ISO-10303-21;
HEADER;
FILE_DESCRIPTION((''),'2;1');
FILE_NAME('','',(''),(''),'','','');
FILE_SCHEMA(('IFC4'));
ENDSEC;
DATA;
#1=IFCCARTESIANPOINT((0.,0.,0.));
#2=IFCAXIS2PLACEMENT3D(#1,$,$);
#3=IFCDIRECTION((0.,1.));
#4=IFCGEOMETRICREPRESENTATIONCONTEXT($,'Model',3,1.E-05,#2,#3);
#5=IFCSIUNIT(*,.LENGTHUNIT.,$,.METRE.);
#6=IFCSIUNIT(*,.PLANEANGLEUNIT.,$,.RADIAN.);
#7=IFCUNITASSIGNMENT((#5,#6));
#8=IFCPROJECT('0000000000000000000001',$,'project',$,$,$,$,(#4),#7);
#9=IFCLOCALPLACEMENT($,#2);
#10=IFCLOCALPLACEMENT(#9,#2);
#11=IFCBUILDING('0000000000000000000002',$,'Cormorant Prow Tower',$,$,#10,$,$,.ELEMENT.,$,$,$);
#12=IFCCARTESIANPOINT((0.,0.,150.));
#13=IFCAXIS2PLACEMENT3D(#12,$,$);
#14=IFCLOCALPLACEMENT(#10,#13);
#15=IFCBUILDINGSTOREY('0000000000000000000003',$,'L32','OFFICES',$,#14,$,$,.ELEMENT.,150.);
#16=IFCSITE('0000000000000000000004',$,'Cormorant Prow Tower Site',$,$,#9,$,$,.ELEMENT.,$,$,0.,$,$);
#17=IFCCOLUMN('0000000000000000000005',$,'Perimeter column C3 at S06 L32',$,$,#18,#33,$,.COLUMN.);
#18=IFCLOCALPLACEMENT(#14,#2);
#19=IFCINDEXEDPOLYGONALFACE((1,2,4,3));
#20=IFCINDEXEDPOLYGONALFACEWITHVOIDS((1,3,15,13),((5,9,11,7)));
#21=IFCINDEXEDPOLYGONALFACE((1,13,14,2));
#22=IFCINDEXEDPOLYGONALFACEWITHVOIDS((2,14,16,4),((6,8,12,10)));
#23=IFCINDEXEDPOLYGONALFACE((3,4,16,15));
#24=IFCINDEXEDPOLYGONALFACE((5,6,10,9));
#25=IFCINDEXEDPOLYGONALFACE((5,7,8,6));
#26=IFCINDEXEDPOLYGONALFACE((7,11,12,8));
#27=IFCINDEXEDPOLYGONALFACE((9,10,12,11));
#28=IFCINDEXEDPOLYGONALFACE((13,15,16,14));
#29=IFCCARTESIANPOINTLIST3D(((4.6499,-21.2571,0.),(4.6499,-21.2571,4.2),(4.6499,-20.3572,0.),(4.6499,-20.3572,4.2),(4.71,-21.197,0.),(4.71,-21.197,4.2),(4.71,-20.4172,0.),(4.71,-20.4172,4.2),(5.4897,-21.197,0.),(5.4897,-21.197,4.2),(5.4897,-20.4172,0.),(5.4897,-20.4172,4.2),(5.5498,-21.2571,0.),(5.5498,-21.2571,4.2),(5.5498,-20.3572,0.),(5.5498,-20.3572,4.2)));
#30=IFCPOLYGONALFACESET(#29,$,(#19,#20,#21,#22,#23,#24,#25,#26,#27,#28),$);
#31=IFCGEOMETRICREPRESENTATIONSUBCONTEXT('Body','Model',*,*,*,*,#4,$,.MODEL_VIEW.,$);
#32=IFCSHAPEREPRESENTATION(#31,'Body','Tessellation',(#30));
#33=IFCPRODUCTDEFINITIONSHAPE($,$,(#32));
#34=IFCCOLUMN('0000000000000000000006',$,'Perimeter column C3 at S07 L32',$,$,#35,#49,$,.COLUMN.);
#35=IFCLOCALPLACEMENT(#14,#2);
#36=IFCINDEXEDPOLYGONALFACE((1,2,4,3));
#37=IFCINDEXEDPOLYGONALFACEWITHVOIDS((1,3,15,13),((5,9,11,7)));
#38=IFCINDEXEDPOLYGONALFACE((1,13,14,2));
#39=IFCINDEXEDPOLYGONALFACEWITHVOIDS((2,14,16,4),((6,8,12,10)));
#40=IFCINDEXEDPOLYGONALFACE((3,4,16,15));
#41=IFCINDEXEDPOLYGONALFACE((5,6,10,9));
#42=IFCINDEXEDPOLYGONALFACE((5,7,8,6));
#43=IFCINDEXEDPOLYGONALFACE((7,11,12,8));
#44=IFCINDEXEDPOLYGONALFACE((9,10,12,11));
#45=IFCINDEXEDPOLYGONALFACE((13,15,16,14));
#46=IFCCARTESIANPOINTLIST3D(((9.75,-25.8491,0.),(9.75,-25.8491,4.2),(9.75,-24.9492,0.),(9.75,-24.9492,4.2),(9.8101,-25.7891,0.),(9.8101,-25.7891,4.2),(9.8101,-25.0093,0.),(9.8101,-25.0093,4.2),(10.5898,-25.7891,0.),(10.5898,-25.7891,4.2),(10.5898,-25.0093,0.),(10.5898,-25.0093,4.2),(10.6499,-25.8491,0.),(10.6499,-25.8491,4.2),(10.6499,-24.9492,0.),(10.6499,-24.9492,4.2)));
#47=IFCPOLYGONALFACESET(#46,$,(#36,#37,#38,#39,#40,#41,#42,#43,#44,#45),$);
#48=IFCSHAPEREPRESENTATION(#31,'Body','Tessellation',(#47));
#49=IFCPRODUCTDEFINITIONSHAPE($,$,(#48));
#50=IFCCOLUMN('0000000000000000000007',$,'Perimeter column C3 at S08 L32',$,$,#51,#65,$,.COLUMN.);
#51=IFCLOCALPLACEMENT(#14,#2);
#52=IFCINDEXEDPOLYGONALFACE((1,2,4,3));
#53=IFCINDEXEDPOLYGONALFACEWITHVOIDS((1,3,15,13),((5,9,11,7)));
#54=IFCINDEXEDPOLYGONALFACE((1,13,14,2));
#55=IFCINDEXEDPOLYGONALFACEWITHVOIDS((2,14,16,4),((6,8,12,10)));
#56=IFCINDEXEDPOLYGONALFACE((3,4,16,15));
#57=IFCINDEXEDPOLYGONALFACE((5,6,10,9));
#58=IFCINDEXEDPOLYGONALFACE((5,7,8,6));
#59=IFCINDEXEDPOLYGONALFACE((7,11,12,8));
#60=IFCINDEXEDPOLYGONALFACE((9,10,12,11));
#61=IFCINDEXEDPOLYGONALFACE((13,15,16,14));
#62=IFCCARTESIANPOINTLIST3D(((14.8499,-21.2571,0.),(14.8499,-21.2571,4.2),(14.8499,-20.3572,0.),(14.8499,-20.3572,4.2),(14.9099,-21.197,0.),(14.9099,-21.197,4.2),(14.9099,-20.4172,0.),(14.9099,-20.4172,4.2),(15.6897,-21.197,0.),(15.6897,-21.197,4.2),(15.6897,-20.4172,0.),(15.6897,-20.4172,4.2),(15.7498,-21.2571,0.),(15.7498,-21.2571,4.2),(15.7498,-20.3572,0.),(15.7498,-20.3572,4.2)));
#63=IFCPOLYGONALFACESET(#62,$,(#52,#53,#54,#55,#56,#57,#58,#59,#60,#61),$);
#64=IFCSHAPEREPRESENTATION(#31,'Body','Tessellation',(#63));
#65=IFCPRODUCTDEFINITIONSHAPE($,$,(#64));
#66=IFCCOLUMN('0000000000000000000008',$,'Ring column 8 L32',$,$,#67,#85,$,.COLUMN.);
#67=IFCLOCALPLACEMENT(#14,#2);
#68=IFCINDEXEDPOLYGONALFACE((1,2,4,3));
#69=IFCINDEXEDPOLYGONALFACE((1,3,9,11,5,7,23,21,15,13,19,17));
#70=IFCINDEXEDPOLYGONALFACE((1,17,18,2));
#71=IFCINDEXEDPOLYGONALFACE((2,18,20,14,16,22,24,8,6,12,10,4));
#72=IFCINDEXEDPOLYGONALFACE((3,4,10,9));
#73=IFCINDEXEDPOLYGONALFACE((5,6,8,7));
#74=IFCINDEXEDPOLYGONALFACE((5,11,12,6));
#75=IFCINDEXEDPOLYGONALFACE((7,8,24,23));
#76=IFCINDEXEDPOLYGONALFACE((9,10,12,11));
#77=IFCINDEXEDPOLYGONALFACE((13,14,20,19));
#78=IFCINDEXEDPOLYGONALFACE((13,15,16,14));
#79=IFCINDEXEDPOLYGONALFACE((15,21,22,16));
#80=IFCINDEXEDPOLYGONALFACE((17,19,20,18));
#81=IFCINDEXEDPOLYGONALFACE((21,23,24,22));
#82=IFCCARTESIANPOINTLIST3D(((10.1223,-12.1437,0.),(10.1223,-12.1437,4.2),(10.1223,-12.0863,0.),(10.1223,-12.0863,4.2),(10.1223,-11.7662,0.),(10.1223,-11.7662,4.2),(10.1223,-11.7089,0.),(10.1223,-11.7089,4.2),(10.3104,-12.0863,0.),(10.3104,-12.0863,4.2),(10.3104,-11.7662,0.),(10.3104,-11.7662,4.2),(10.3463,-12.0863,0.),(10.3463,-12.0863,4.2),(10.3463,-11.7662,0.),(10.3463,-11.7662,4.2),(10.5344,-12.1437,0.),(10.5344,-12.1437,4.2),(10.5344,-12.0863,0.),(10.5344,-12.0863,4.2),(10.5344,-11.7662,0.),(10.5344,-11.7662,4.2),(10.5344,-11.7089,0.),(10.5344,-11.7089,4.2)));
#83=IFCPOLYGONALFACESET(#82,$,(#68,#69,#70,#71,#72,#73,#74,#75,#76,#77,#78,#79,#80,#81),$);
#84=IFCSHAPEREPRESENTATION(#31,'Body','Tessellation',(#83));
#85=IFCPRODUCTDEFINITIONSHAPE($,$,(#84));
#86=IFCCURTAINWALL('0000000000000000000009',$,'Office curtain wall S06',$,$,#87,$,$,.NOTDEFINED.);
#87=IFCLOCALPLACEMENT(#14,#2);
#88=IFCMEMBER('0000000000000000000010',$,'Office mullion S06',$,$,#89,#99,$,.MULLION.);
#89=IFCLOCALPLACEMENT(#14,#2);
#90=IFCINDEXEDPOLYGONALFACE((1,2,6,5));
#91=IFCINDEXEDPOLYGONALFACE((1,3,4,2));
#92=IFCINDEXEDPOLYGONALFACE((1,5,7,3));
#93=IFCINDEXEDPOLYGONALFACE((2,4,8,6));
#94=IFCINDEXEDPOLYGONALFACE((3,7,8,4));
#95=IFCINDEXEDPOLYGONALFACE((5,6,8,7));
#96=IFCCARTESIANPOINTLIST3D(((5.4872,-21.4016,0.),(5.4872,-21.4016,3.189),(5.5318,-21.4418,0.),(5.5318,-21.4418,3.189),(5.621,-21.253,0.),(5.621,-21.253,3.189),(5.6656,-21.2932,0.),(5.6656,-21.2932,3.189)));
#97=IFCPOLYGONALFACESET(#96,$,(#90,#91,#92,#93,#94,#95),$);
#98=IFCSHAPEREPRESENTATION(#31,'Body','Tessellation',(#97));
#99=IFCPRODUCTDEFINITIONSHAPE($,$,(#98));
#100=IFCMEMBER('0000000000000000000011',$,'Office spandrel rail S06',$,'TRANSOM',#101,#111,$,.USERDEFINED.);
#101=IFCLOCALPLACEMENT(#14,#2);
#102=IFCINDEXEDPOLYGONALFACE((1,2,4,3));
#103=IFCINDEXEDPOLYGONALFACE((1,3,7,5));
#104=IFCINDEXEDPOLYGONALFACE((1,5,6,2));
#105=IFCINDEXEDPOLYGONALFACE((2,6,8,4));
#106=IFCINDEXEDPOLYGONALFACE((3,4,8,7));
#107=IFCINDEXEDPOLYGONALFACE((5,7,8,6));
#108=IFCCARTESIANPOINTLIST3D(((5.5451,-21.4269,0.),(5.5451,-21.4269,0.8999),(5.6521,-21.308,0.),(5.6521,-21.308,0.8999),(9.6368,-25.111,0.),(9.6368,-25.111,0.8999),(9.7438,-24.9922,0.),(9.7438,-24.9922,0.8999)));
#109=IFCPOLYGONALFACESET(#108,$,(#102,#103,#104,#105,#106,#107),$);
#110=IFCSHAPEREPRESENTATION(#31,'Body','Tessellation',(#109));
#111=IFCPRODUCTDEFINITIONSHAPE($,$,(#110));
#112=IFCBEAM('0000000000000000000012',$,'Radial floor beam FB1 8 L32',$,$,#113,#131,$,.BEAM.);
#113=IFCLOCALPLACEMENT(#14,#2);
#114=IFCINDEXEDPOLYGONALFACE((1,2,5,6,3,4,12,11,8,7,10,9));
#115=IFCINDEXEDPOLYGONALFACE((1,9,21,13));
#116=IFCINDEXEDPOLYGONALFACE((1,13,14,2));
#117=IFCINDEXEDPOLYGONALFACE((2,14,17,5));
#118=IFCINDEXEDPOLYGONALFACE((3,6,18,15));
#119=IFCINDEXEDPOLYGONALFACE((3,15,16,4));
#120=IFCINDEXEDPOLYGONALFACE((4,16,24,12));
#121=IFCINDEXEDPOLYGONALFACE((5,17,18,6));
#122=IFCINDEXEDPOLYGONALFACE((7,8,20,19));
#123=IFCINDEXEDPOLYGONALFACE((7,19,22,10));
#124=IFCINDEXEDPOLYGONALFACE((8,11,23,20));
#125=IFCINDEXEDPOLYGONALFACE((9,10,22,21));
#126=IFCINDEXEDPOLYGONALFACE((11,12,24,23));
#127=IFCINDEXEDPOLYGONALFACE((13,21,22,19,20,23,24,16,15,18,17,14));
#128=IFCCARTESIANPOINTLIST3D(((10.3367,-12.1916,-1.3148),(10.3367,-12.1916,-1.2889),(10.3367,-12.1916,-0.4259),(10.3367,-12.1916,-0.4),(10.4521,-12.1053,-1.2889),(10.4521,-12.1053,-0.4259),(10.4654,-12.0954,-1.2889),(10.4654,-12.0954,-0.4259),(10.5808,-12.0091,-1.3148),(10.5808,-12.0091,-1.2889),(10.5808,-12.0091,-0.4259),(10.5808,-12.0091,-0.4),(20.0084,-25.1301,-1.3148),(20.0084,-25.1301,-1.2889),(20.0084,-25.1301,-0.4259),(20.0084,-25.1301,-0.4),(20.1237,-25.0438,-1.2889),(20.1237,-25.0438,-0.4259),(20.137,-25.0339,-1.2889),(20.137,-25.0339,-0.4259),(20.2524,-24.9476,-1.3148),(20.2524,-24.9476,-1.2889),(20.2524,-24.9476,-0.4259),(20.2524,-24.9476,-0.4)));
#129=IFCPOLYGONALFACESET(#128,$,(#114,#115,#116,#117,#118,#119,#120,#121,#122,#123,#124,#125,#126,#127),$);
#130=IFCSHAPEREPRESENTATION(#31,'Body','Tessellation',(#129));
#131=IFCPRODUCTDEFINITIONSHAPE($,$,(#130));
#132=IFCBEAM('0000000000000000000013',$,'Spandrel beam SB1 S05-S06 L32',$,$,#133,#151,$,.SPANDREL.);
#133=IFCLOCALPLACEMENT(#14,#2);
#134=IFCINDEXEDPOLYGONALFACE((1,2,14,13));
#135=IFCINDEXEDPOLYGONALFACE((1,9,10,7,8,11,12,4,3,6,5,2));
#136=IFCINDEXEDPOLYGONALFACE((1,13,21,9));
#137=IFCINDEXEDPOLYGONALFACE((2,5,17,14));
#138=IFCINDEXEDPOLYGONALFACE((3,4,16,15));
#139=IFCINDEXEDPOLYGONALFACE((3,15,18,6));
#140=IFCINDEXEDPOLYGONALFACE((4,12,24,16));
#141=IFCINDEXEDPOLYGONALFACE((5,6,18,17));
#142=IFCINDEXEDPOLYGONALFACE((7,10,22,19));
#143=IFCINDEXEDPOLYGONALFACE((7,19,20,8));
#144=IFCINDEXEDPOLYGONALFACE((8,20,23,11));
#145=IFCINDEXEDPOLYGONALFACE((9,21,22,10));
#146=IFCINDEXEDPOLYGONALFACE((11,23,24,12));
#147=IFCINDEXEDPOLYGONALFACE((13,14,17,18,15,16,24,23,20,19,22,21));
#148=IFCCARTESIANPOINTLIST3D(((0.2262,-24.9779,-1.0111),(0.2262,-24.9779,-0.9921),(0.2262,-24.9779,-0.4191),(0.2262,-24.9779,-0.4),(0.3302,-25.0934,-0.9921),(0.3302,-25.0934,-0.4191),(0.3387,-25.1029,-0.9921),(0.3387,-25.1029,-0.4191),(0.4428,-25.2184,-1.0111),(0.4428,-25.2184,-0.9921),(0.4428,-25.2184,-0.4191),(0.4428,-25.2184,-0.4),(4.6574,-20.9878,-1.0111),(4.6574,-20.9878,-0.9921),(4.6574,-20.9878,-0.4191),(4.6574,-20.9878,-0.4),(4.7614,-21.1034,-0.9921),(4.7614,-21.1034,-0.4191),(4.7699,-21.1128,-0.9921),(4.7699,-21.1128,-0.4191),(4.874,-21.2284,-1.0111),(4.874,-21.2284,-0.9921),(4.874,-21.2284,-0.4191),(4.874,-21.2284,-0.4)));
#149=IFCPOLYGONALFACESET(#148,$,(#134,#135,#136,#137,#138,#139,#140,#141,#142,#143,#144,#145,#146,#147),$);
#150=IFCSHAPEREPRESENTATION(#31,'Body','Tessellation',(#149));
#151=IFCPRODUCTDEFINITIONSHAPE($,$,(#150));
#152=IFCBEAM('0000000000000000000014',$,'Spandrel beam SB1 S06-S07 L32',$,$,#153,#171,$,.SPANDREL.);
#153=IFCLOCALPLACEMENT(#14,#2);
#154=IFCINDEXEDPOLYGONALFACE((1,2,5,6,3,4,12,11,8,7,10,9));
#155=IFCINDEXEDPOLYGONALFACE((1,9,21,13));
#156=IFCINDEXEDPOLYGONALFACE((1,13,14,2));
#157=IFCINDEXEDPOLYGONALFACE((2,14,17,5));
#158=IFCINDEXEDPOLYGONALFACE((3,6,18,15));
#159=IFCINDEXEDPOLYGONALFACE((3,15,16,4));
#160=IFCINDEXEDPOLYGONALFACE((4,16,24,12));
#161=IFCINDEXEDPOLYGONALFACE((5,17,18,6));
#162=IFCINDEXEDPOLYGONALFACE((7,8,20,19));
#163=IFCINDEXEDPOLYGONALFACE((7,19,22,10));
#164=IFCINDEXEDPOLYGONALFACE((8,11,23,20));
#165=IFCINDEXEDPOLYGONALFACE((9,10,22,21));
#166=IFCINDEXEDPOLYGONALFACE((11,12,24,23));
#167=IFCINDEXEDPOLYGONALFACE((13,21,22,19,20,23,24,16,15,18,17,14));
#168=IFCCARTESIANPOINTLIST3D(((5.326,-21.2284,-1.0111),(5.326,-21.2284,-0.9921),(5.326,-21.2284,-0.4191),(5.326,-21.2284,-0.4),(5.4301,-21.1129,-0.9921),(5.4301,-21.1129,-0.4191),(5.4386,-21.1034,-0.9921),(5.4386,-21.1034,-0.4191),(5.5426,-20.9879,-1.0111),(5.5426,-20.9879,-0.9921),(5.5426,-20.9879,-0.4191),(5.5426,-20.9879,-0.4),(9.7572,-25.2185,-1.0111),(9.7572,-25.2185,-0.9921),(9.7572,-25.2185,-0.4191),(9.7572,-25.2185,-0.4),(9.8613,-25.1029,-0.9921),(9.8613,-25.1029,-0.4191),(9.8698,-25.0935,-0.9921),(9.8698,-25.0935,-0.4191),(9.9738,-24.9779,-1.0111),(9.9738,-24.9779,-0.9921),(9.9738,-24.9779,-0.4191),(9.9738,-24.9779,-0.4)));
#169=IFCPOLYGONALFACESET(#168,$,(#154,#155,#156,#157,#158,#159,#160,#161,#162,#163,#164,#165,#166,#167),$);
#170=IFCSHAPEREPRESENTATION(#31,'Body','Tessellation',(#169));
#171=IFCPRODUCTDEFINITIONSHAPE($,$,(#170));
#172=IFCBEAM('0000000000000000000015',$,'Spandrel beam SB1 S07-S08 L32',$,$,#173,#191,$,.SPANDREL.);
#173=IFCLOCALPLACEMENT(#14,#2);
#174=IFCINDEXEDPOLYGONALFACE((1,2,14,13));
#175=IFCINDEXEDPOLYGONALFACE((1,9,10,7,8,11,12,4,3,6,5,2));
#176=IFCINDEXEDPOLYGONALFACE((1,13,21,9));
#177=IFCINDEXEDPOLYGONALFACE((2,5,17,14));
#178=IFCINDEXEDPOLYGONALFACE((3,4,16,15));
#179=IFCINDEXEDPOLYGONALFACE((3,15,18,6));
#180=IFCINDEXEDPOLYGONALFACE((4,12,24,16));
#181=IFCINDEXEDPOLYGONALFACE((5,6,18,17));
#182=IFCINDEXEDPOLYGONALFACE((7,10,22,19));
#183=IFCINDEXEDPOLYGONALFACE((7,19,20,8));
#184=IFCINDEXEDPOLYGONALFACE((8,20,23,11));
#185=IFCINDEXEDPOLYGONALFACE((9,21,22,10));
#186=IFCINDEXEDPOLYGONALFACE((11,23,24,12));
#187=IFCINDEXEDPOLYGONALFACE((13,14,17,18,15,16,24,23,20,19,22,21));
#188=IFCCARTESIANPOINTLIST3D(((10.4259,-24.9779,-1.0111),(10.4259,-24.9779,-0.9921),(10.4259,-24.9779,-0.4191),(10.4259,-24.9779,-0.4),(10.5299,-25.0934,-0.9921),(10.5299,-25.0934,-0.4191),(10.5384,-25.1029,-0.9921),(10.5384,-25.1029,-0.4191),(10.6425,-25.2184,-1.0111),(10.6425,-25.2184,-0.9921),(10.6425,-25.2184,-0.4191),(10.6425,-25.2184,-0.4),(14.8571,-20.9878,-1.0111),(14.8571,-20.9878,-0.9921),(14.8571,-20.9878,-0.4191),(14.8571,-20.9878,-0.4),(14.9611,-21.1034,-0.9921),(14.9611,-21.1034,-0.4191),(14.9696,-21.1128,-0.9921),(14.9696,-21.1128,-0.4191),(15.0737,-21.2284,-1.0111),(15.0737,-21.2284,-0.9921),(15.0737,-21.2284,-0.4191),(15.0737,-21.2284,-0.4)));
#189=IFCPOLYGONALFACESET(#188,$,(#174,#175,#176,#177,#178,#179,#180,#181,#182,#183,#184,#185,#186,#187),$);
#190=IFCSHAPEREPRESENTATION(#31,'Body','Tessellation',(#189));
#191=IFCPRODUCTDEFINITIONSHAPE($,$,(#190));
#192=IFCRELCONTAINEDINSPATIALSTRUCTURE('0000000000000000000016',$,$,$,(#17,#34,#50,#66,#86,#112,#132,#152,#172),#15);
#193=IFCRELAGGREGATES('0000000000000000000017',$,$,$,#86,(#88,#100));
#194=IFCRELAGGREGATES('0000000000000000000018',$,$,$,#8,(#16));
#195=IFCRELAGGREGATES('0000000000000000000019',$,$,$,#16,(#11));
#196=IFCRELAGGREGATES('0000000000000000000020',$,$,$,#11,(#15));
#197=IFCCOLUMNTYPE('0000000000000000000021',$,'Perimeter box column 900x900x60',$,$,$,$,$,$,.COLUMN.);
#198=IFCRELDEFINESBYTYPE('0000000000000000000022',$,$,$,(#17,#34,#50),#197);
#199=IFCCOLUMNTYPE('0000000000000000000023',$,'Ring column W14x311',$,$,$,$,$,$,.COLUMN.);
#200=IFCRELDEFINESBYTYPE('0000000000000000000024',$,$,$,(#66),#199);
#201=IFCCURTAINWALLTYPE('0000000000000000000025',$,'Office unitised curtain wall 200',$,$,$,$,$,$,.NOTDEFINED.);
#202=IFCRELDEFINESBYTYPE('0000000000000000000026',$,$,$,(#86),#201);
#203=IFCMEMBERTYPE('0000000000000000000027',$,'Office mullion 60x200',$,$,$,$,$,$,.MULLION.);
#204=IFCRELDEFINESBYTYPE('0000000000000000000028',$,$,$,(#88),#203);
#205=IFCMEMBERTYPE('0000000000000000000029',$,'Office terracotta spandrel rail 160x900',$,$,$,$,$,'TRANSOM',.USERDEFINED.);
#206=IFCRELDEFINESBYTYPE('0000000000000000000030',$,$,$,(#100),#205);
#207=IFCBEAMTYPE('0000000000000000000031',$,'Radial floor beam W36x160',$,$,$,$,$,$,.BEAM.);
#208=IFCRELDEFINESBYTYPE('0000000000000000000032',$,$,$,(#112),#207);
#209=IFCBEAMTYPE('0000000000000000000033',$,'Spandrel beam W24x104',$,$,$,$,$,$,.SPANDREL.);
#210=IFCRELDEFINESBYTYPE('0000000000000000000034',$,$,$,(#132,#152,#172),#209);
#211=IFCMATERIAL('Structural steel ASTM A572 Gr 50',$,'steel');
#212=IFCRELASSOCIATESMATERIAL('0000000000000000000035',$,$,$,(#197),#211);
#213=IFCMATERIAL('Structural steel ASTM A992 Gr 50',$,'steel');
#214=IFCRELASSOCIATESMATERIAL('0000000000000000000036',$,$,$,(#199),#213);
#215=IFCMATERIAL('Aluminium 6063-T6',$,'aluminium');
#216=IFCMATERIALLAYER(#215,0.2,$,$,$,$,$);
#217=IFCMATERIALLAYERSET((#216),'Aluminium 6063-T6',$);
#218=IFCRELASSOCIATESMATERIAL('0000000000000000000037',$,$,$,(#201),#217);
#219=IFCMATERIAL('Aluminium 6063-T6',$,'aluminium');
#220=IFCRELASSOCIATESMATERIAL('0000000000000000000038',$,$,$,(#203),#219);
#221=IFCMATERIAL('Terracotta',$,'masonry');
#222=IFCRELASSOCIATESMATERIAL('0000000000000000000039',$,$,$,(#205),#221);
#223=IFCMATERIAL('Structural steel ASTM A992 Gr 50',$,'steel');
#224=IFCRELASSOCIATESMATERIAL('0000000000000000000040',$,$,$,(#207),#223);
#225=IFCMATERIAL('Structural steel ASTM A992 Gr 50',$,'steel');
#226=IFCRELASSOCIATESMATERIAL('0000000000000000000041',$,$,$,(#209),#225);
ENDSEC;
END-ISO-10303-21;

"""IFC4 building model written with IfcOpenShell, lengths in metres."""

from ifc_helpers import new_model, si_unit, direction, frame, origin, origin_2d, place, context, subcontext, project, spatial, rectangle, hollow_rectangle, i_section, extrude, material, layer, layer_set, material_profile, profile_set, type_object, element, aggregate, save


model = new_model("IFC4")

# Units and contexts
model_context = context("Model", 3, precision=1e-05, world=origin(), true_north=direction((0.0, 1.0)))
body_context = subcontext(model_context, "Body", "Model", "MODEL_VIEW")
ifc_project = project(units=[si_unit("LENGTHUNIT", "METRE"), si_unit("PLANEANGLEUNIT", "RADIAN")], contexts=[model_context])

# Site, building, storey
site_placement = place(None, origin())
site = spatial("IfcSite", under=ifc_project, at=site_placement, Name="Cormorant Prow Tower Site", CompositionType="ELEMENT", RefElevation=0.0)
building_placement = place(site_placement, origin())
building = spatial("IfcBuilding", under=site, at=building_placement, Name="Cormorant Prow Tower", CompositionType="ELEMENT")
storey_placement = place(building_placement, frame((0.0, 0.0, 150.0)))
storey = spatial("IfcBuildingStorey", under=building, at=storey_placement, Name="L32", Description="OFFICES", CompositionType="ELEMENT", Elevation=150.0)

# Columns
ifc_material_1 = material(Name="Structural steel ASTM A572 Gr 50", Category="steel")
ifc_material_profile_1 = material_profile(ifc_material_1, hollow_rectangle(XDim=0.8999, YDim=0.8999, WallThickness=0.0601, at=origin_2d()), Name="Box 900x900x60")
ifc_profile_set_1 = profile_set([ifc_material_profile_1], Name="Structural steel ASTM A572 Gr 50")
column_type_1 = type_object("IfcColumnType", Name="Perimeter box column 900x900x60", PredefinedType="COLUMN", material=ifc_profile_set_1)
for number, where, z_axis, x_axis, name in (
    (1, (5.0999, -20.8071, 0.0), (0.0, 0.0, 1.0), (1.0, 0.0, 0.0), "Perimeter column C3 at S06 L32"),
    (2, (10.2, -25.3992, 0.0), (0.0, 0.0, 1.0), (1.0, 0.0, 0.0), "Perimeter column C3 at S07 L32"),
    (3, (15.2998, -20.8071, 0.0), (0.0, 0.0, 1.0), (1.0, 0.0, 0.0), "Perimeter column C3 at S08 L32"),
):
    element("IfcColumn", number, at=place(storey_placement, frame(where, z_axis=z_axis, x_axis=x_axis)), inside=storey, type_object=column_type_1, Name=name, PredefinedType="COLUMN", context=body_context, shape_type="SweptSolid", body=[
        extrude(hollow_rectangle(XDim=0.8999, YDim=0.8999, WallThickness=0.0601, at=origin_2d()), origin(), (0.0, 0.0, 1.0), 4.2),
    ])
ifc_material_2 = material(Name="Structural steel ASTM A992 Gr 50", Category="steel")
ifc_material_profile_2 = material_profile(ifc_material_2, i_section(OverallWidth=0.4121, OverallDepth=0.4348, WebThickness=0.0359, FlangeThickness=0.0574, at=origin_2d()), Name="W14x311")
ifc_profile_set_2 = profile_set([ifc_material_profile_2], Name="Structural steel ASTM A992 Gr 50")
column_type_2 = type_object("IfcColumnType", Name="Ring column W14x311", PredefinedType="COLUMN", material=ifc_profile_set_2)
column_placement = place(storey_placement, frame((10.3284, -11.9263, 0.0), z_axis=(0.0, 0.0, 1.0), x_axis=(1.0, 0.0, 0.0)))
element("IfcColumn", 4, at=column_placement, inside=storey, type_object=column_type_2, Name="Ring column 8 L32", PredefinedType="COLUMN", context=body_context, shape_type="SweptSolid", body=[
    extrude(i_section(OverallWidth=0.4121, OverallDepth=0.4348, WebThickness=0.0359, FlangeThickness=0.0574, at=origin_2d()), origin(), (0.0, 0.0, 1.0), 4.2),
])

# Curtain wall, members
ifc_material_3 = material(Name="Aluminium 6063-T6", Category="aluminium")
ifc_layer_1 = layer(ifc_material_3, 0.2)
ifc_layer_set_1 = layer_set([ifc_layer_1], Name="Aluminium 6063-T6")
curtain_wall_type = type_object("IfcCurtainWallType", Name="Office unitised curtain wall 200", PredefinedType="NOTDEFINED", material=ifc_layer_set_1)
curtain_wall_placement = place(storey_placement, origin())
curtain_wall = element("IfcCurtainWall", 5, at=curtain_wall_placement, inside=storey, type_object=curtain_wall_type, Name="Office curtain wall S06", PredefinedType="NOTDEFINED")
ifc_material_4 = material(Name="Aluminium 6063-T6", Category="aluminium")
ifc_material_profile_3 = material_profile(ifc_material_4, rectangle(XDim=0.2, YDim=0.0601, at=origin_2d()), Name="Office mullion 60x200")
ifc_profile_set_3 = profile_set([ifc_material_profile_3], Name="Aluminium 6063-T6")
member_type_1 = type_object("IfcMemberType", Name="Office mullion 60x200", PredefinedType="MULLION", material=ifc_profile_set_3)
member_1_placement = place(storey_placement, frame((5.5764, -21.3474, 0.0), z_axis=(0.0, 0.0, 1.0), x_axis=(0.669131, 0.743145, 0.0)))
member_1 = element("IfcMember", 6, at=member_1_placement, type_object=member_type_1, Name="Office mullion S06", PredefinedType="MULLION", context=body_context, shape_type="SweptSolid", body=[
    extrude(rectangle(XDim=0.2, YDim=0.0601, at=origin_2d()), origin(), (0.0, 0.0, 1.0), 3.189),
])
ifc_material_5 = material(Name="Terracotta", Category="masonry")
ifc_material_profile_4 = material_profile(ifc_material_5, rectangle(XDim=0.1599, YDim=0.8999, at=origin_2d()), Name="Office terracotta spandrel rail 160x900")
ifc_profile_set_4 = profile_set([ifc_material_profile_4], Name="Terracotta")
member_type_2 = type_object("IfcMemberType", Name="Office terracotta spandrel rail 160x900", ElementType="TRANSOM", PredefinedType="USERDEFINED", material=ifc_profile_set_4)
member_2_placement = place(storey_placement, frame((5.5986, -21.3674, 0.45), z_axis=(0.743142, -0.669134, 0.0), x_axis=(0.669134, 0.743142, 0.0)))
member_2 = element("IfcMember", 7, at=member_2_placement, type_object=member_type_2, Name="Office spandrel rail S06", ObjectType="TRANSOM", PredefinedType="USERDEFINED", context=body_context, shape_type="SweptSolid", body=[
    extrude(rectangle(XDim=0.1599, YDim=0.8999, at=origin_2d()), origin(), (0.0, 0.0, 1.0), 5.5059),
])

# Beams
ifc_material_6 = material(Name="Structural steel ASTM A992 Gr 50", Category="steel")
ifc_material_profile_5 = material_profile(ifc_material_6, i_section(OverallWidth=0.3047, OverallDepth=0.9148, WebThickness=0.0166, FlangeThickness=0.0259, at=origin_2d()), Name="W36x160")
ifc_profile_set_5 = profile_set([ifc_material_profile_5], Name="Structural steel ASTM A992 Gr 50")
beam_type_1 = type_object("IfcBeamType", Name="Radial floor beam W36x160", PredefinedType="BEAM", material=ifc_profile_set_5)
beam_placement = place(storey_placement, frame((10.4587, -12.1003, -0.8574), z_axis=(0.598722, -0.800957, 0.0), x_axis=(0.800957, 0.598722, 0.0)))
element("IfcBeam", 8, at=beam_placement, inside=storey, type_object=beam_type_1, Name="Radial floor beam FB1 8 L32", PredefinedType="BEAM", context=body_context, shape_type="SweptSolid", body=[
    extrude(i_section(OverallWidth=0.3047, OverallDepth=0.9148, WebThickness=0.0166, FlangeThickness=0.0259, at=origin_2d()), origin(), (0.0, 0.0, 1.0), 16.1538),
])
ifc_material_7 = material(Name="Structural steel ASTM A992 Gr 50", Category="steel")
ifc_material_profile_6 = material_profile(ifc_material_7, i_section(OverallWidth=0.3237, OverallDepth=0.6111, WebThickness=0.0127, FlangeThickness=0.019, at=origin_2d()), Name="W24x104")
ifc_profile_set_6 = profile_set([ifc_material_profile_6], Name="Structural steel ASTM A992 Gr 50")
beam_type_2 = type_object("IfcBeamType", Name="Spandrel beam W24x104", PredefinedType="SPANDREL", material=ifc_profile_set_6)
for number, where, z_axis, x_axis, name in (
    (9, (0.3345, -25.0981, -0.7056), (0.743131, 0.669146, 0.0), (-0.669146, 0.743131, 0.0), "Spandrel beam SB1 S05-S06 L32"),
    (10, (5.4343, -21.1082, -0.7056), (0.743131, -0.669146, 0.0), (0.669146, 0.743131, 0.0), "Spandrel beam SB1 S06-S07 L32"),
    (11, (10.5342, -25.0981, -0.7056), (0.743131, 0.669146, 0.0), (-0.669146, 0.743131, 0.0), "Spandrel beam SB1 S07-S08 L32"),
):
    element("IfcBeam", number, at=place(storey_placement, frame(where, z_axis=z_axis, x_axis=x_axis)), inside=storey, type_object=beam_type_2, Name=name, PredefinedType="SPANDREL", context=body_context, shape_type="SweptSolid", body=[
        extrude(i_section(OverallWidth=0.3237, OverallDepth=0.6111, WebThickness=0.0127, FlangeThickness=0.019, at=origin_2d()), origin(), (0.0, 0.0, 1.0), 5.9629),
    ])

aggregate(curtain_wall, [member_1, member_2])

save(model, "model.ifc")
